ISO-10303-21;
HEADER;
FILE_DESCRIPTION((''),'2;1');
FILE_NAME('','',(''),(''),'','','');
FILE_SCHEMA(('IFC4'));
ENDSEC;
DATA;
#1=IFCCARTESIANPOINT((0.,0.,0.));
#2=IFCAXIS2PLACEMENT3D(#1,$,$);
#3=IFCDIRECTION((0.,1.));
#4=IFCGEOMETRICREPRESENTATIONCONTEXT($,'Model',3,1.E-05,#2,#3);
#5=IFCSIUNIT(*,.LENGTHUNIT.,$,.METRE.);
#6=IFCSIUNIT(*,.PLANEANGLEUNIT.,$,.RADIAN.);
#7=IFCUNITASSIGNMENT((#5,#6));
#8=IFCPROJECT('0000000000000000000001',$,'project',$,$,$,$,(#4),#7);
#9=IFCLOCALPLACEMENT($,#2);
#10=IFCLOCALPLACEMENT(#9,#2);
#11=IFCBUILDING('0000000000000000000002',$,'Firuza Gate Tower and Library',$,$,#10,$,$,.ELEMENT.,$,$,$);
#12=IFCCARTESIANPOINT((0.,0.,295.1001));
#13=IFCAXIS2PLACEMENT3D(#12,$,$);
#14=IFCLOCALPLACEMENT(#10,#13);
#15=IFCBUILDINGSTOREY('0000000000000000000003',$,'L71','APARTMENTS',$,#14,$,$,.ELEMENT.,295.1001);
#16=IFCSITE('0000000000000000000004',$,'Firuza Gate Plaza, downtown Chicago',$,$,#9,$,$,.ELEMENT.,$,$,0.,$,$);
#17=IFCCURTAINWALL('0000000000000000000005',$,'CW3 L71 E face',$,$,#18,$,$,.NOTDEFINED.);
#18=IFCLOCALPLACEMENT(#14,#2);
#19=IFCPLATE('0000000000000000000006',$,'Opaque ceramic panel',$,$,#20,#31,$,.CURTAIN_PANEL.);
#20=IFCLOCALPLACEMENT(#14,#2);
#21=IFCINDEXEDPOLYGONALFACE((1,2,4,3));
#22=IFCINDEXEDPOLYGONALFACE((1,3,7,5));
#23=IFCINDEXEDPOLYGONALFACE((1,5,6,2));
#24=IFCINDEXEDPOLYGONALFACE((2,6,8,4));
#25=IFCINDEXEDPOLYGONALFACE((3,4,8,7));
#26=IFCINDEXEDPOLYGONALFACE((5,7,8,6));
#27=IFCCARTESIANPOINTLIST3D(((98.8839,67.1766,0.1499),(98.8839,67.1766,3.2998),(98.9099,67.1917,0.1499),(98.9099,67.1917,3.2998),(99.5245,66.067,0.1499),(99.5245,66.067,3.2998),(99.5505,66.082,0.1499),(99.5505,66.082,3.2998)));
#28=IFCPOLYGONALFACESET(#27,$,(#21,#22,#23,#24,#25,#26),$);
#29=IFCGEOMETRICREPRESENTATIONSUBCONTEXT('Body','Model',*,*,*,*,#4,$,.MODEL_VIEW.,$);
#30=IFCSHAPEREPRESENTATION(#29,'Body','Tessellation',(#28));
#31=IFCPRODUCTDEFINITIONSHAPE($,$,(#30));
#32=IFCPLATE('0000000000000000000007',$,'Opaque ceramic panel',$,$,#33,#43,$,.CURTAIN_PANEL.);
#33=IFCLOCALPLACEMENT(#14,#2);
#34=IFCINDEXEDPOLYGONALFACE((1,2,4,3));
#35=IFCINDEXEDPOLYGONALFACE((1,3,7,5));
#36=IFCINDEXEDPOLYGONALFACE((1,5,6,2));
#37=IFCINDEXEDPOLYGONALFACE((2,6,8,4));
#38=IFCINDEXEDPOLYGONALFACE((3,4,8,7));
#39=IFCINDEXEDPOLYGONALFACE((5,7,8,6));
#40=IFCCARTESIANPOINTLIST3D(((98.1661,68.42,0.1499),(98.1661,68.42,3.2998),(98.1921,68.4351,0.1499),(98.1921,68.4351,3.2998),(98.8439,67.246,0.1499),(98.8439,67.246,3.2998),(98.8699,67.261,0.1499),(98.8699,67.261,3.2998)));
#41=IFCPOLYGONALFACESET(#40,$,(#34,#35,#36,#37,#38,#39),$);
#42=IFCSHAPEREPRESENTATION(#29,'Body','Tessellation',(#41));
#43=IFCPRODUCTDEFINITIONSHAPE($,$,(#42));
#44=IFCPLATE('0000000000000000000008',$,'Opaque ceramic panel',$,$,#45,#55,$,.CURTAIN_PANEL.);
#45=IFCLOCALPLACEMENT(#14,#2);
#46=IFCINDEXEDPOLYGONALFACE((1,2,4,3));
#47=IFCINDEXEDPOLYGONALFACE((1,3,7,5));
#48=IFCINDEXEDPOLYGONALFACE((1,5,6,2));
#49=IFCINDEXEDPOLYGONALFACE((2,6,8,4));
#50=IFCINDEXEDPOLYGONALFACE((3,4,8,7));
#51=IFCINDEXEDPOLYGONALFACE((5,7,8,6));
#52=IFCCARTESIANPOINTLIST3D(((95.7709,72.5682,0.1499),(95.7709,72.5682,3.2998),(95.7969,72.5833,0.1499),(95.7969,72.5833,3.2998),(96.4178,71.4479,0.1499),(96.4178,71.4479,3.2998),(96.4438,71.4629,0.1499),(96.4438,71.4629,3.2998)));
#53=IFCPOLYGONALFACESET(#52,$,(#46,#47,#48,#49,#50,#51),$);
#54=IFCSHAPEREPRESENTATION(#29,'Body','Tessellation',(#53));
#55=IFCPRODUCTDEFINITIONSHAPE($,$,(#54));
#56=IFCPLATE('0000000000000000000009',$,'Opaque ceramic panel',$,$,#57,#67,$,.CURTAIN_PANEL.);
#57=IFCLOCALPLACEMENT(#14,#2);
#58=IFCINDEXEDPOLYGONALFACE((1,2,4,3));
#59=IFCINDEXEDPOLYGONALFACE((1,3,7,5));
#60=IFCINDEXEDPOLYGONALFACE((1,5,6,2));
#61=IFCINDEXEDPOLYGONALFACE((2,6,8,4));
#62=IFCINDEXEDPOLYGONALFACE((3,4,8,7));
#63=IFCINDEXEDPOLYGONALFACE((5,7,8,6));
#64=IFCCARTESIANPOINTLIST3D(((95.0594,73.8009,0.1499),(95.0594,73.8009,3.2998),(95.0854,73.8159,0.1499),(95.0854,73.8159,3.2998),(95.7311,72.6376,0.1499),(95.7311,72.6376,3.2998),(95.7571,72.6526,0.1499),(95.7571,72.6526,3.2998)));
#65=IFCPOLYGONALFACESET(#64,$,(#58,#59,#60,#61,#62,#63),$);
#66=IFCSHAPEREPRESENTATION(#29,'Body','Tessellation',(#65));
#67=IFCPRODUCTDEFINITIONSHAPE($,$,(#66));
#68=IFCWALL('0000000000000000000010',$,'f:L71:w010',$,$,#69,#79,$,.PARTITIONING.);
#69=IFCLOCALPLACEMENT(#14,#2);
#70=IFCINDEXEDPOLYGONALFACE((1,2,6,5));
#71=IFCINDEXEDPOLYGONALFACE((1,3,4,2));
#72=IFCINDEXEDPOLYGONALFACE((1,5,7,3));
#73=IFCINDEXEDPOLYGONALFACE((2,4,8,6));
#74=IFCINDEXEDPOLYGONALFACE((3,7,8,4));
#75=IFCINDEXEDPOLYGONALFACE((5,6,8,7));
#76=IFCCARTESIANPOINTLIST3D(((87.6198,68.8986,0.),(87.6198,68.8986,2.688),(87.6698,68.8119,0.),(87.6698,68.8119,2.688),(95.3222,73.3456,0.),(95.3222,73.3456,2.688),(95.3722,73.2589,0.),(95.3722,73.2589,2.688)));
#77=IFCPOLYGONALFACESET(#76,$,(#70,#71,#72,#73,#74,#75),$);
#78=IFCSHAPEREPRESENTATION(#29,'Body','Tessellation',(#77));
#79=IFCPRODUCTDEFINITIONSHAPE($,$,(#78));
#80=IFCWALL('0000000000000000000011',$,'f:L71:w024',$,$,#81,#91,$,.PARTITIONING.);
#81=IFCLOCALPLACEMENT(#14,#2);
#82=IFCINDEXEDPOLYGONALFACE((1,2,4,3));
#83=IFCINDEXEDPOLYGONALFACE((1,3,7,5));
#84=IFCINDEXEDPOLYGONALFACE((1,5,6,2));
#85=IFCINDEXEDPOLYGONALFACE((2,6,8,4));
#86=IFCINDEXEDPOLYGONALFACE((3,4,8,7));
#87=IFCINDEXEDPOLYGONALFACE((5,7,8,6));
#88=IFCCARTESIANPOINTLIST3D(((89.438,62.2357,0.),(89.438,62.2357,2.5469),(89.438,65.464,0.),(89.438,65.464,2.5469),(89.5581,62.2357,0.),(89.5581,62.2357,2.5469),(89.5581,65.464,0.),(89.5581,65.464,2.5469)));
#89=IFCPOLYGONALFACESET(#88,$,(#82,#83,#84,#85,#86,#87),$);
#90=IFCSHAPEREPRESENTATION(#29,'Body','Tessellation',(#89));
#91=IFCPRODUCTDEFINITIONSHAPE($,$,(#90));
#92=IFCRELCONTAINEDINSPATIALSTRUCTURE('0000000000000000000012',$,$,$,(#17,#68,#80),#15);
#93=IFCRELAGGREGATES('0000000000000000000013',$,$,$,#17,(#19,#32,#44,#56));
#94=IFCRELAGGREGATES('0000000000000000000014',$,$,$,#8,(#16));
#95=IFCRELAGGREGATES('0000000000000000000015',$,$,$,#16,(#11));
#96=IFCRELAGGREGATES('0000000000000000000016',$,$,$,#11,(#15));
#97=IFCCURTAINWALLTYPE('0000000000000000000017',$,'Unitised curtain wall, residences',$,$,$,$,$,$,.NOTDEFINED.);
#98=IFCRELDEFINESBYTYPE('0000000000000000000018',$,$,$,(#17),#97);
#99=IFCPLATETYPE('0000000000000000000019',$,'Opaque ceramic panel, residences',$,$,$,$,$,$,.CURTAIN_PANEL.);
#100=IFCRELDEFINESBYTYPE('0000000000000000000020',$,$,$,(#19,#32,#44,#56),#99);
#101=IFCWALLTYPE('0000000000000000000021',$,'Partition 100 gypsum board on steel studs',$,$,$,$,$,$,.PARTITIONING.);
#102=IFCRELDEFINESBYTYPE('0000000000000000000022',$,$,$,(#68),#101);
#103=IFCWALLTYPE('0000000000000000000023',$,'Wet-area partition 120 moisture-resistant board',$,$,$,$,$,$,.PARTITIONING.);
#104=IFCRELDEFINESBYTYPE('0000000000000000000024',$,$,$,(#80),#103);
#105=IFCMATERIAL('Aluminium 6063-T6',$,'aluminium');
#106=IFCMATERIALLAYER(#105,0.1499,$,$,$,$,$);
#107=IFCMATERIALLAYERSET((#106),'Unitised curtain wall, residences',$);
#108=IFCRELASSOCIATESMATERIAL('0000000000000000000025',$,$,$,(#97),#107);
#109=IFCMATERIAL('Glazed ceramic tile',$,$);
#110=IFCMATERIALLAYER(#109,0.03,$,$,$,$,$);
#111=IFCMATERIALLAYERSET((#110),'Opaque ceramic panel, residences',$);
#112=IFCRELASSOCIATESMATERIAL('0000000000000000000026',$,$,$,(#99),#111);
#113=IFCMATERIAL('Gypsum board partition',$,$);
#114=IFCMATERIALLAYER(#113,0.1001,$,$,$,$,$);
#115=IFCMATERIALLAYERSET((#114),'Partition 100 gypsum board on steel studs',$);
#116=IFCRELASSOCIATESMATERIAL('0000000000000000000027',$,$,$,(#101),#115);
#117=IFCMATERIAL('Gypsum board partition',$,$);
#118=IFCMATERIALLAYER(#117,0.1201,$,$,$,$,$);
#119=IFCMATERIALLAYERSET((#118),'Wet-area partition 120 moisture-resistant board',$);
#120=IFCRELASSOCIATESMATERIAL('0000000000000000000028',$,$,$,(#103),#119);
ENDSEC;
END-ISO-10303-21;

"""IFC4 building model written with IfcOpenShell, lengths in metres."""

from ifc_helpers import new_model, si_unit, direction, frame, frame_2d, origin, place, context, subcontext, project, spatial, polyline, rectangle, outline, extrude, material, layer, layer_set, type_object, element, aggregate, save


model = new_model("IFC4")

# Units and contexts
model_context = context("Model", 3, precision=1e-05, world=origin(), true_north=direction((0.0, 1.0)))
body_context = subcontext(model_context, "Body", "Model", "MODEL_VIEW")
ifc_project = project(units=[si_unit("LENGTHUNIT", "METRE"), si_unit("PLANEANGLEUNIT", "RADIAN")], contexts=[model_context])

# Site, building, storey
site_placement = place(None, origin())
site = spatial("IfcSite", under=ifc_project, at=site_placement, Name="Firuza Gate Plaza, downtown Chicago", CompositionType="ELEMENT", RefElevation=0.0)
building_placement = place(site_placement, origin())
building = spatial("IfcBuilding", under=site, at=building_placement, Name="Firuza Gate Tower and Library", CompositionType="ELEMENT")
storey_placement = place(building_placement, frame((0.0, 0.0, 295.1001)))
storey = spatial("IfcBuildingStorey", under=building, at=storey_placement, Name="L71", Description="APARTMENTS", CompositionType="ELEMENT", Elevation=295.1001)

# Curtain wall
ifc_material_1 = material(Name="Aluminium 6063-T6", Category="aluminium")
ifc_layer_1 = layer(ifc_material_1, 0.1499)
ifc_layer_set_1 = layer_set([ifc_layer_1], Name="Unitised curtain wall, residences")
curtain_wall_type = type_object("IfcCurtainWallType", Name="Unitised curtain wall, residences", PredefinedType="NOTDEFINED", material=ifc_layer_set_1)
curtain_wall_placement = place(storey_placement, origin())
curtain_wall = element("IfcCurtainWall", 1, at=curtain_wall_placement, inside=storey, type_object=curtain_wall_type, Name="CW3 L71 E face", PredefinedType="NOTDEFINED")

# Plates
ifc_material_2 = material(Name="Glazed ceramic tile")
ifc_layer_2 = layer(ifc_material_2, 0.03)
ifc_layer_set_2 = layer_set([ifc_layer_2], Name="Opaque ceramic panel, residences")
plate_type_1 = type_object("IfcPlateType", Name="Opaque ceramic panel, residences", PredefinedType="CURTAIN_PANEL", material=ifc_layer_set_2)
plate_1_placement = place(storey_placement, frame((99.5505, 66.082, 0.1499), z_axis=(0.86603, 0.499992, 0.0), x_axis=(-0.499992, 0.86603, 0.0)))
plate_1 = element("IfcPlate", 2, at=plate_1_placement, type_object=plate_type_1, Name="Opaque ceramic panel", PredefinedType="CURTAIN_PANEL", context=body_context, shape_type="SweptSolid", body=[
    extrude(outline(polyline([(0.0, 0.0), (1.2813, 0.0), (1.2813, 3.1499), (0.0, 3.1499), (0.0, 0.0)])), origin(), (0.0, 0.0, -1.0), 0.03),
])
plate_2_placement = place(storey_placement, frame((98.8699, 67.261, 0.1499), z_axis=(0.866063, 0.499936, 0.0), x_axis=(-0.499936, 0.866063, 0.0)))
plate_2 = element("IfcPlate", 3, at=plate_2_placement, type_object=plate_type_1, Name="Opaque ceramic panel", PredefinedType="CURTAIN_PANEL", context=body_context, shape_type="SweptSolid", body=[
    extrude(outline(polyline([(0.0, 0.0), (1.3556, 0.0), (1.3556, 3.1499), (0.0, 3.1499), (0.0, 0.0)])), origin(), (0.0, 0.0, -1.0), 0.03),
])
plate_3_placement = place(storey_placement, frame((96.4438, 71.4629, 0.1499), z_axis=(0.865981, 0.500076, 0.0), x_axis=(-0.500076, 0.865981, 0.0)))
plate_3 = element("IfcPlate", 4, at=plate_3_placement, type_object=plate_type_1, Name="Opaque ceramic panel", PredefinedType="CURTAIN_PANEL", context=body_context, shape_type="SweptSolid", body=[
    extrude(outline(polyline([(0.0, 0.0), (1.2937, 0.0), (1.2937, 3.1499), (0.0, 3.1499), (0.0, 0.0)])), origin(), (0.0, 0.0, -1.0), 0.03),
])
plate_4_placement = place(storey_placement, frame((95.7571, 72.6526, 0.1499), z_axis=(0.866031, 0.49999, 0.0), x_axis=(-0.49999, 0.866031, 0.0)))
plate_4 = element("IfcPlate", 5, at=plate_4_placement, type_object=plate_type_1, Name="Opaque ceramic panel", PredefinedType="CURTAIN_PANEL", context=body_context, shape_type="SweptSolid", body=[
    extrude(outline(polyline([(0.0, 0.0), (1.3433, 0.0), (1.3433, 3.1499), (0.0, 3.1499), (0.0, 0.0)])), origin(), (0.0, 0.0, -1.0), 0.03),
])
aggregate(curtain_wall, [plate_1, plate_2, plate_3, plate_4])

# Walls
ifc_material_3 = material(Name="Gypsum board partition")
ifc_layer_3 = layer(ifc_material_3, 0.1001)
ifc_layer_set_3 = layer_set([ifc_layer_3], Name="Partition 100 gypsum board on steel studs")
wall_type_1 = type_object("IfcWallType", Name="Partition 100 gypsum board on steel studs", PredefinedType="PARTITIONING", material=ifc_layer_set_3)
wall_1_placement = place(storey_placement, frame((87.6448, 68.8552, 0.0), z_axis=(0.0, 0.0, 1.0), x_axis=(0.866023, 0.500004, 0.0)))
element("IfcWall", 6, at=wall_1_placement, inside=storey, type_object=wall_type_1, Name="f:L71:w010", PredefinedType="PARTITIONING", context=body_context, shape_type="SweptSolid", body=[
    extrude(rectangle(XDim=8.894, YDim=0.1001, at=frame_2d((4.447, 0.0))), origin(), (0.0, 0.0, 1.0), 2.688),
])
ifc_material_4 = material(Name="Gypsum board partition")
ifc_layer_4 = layer(ifc_material_4, 0.1201)
ifc_layer_set_4 = layer_set([ifc_layer_4], Name="Wet-area partition 120 moisture-resistant board")
wall_type_2 = type_object("IfcWallType", Name="Wet-area partition 120 moisture-resistant board", PredefinedType="PARTITIONING", material=ifc_layer_set_4)
wall_2_placement = place(storey_placement, frame((89.498, 62.2356, 0.0), z_axis=(0.0, 0.0, 1.0), x_axis=(0.0, 1.0, 0.0)))
element("IfcWall", 7, at=wall_2_placement, inside=storey, type_object=wall_type_2, Name="f:L71:w024", PredefinedType="PARTITIONING", context=body_context, shape_type="SweptSolid", body=[
    extrude(rectangle(XDim=3.2283, YDim=0.1201, at=frame_2d((1.6143, 0.0))), origin(), (0.0, 0.0, 1.0), 2.5469),
])

save(model, "model.ifc")
